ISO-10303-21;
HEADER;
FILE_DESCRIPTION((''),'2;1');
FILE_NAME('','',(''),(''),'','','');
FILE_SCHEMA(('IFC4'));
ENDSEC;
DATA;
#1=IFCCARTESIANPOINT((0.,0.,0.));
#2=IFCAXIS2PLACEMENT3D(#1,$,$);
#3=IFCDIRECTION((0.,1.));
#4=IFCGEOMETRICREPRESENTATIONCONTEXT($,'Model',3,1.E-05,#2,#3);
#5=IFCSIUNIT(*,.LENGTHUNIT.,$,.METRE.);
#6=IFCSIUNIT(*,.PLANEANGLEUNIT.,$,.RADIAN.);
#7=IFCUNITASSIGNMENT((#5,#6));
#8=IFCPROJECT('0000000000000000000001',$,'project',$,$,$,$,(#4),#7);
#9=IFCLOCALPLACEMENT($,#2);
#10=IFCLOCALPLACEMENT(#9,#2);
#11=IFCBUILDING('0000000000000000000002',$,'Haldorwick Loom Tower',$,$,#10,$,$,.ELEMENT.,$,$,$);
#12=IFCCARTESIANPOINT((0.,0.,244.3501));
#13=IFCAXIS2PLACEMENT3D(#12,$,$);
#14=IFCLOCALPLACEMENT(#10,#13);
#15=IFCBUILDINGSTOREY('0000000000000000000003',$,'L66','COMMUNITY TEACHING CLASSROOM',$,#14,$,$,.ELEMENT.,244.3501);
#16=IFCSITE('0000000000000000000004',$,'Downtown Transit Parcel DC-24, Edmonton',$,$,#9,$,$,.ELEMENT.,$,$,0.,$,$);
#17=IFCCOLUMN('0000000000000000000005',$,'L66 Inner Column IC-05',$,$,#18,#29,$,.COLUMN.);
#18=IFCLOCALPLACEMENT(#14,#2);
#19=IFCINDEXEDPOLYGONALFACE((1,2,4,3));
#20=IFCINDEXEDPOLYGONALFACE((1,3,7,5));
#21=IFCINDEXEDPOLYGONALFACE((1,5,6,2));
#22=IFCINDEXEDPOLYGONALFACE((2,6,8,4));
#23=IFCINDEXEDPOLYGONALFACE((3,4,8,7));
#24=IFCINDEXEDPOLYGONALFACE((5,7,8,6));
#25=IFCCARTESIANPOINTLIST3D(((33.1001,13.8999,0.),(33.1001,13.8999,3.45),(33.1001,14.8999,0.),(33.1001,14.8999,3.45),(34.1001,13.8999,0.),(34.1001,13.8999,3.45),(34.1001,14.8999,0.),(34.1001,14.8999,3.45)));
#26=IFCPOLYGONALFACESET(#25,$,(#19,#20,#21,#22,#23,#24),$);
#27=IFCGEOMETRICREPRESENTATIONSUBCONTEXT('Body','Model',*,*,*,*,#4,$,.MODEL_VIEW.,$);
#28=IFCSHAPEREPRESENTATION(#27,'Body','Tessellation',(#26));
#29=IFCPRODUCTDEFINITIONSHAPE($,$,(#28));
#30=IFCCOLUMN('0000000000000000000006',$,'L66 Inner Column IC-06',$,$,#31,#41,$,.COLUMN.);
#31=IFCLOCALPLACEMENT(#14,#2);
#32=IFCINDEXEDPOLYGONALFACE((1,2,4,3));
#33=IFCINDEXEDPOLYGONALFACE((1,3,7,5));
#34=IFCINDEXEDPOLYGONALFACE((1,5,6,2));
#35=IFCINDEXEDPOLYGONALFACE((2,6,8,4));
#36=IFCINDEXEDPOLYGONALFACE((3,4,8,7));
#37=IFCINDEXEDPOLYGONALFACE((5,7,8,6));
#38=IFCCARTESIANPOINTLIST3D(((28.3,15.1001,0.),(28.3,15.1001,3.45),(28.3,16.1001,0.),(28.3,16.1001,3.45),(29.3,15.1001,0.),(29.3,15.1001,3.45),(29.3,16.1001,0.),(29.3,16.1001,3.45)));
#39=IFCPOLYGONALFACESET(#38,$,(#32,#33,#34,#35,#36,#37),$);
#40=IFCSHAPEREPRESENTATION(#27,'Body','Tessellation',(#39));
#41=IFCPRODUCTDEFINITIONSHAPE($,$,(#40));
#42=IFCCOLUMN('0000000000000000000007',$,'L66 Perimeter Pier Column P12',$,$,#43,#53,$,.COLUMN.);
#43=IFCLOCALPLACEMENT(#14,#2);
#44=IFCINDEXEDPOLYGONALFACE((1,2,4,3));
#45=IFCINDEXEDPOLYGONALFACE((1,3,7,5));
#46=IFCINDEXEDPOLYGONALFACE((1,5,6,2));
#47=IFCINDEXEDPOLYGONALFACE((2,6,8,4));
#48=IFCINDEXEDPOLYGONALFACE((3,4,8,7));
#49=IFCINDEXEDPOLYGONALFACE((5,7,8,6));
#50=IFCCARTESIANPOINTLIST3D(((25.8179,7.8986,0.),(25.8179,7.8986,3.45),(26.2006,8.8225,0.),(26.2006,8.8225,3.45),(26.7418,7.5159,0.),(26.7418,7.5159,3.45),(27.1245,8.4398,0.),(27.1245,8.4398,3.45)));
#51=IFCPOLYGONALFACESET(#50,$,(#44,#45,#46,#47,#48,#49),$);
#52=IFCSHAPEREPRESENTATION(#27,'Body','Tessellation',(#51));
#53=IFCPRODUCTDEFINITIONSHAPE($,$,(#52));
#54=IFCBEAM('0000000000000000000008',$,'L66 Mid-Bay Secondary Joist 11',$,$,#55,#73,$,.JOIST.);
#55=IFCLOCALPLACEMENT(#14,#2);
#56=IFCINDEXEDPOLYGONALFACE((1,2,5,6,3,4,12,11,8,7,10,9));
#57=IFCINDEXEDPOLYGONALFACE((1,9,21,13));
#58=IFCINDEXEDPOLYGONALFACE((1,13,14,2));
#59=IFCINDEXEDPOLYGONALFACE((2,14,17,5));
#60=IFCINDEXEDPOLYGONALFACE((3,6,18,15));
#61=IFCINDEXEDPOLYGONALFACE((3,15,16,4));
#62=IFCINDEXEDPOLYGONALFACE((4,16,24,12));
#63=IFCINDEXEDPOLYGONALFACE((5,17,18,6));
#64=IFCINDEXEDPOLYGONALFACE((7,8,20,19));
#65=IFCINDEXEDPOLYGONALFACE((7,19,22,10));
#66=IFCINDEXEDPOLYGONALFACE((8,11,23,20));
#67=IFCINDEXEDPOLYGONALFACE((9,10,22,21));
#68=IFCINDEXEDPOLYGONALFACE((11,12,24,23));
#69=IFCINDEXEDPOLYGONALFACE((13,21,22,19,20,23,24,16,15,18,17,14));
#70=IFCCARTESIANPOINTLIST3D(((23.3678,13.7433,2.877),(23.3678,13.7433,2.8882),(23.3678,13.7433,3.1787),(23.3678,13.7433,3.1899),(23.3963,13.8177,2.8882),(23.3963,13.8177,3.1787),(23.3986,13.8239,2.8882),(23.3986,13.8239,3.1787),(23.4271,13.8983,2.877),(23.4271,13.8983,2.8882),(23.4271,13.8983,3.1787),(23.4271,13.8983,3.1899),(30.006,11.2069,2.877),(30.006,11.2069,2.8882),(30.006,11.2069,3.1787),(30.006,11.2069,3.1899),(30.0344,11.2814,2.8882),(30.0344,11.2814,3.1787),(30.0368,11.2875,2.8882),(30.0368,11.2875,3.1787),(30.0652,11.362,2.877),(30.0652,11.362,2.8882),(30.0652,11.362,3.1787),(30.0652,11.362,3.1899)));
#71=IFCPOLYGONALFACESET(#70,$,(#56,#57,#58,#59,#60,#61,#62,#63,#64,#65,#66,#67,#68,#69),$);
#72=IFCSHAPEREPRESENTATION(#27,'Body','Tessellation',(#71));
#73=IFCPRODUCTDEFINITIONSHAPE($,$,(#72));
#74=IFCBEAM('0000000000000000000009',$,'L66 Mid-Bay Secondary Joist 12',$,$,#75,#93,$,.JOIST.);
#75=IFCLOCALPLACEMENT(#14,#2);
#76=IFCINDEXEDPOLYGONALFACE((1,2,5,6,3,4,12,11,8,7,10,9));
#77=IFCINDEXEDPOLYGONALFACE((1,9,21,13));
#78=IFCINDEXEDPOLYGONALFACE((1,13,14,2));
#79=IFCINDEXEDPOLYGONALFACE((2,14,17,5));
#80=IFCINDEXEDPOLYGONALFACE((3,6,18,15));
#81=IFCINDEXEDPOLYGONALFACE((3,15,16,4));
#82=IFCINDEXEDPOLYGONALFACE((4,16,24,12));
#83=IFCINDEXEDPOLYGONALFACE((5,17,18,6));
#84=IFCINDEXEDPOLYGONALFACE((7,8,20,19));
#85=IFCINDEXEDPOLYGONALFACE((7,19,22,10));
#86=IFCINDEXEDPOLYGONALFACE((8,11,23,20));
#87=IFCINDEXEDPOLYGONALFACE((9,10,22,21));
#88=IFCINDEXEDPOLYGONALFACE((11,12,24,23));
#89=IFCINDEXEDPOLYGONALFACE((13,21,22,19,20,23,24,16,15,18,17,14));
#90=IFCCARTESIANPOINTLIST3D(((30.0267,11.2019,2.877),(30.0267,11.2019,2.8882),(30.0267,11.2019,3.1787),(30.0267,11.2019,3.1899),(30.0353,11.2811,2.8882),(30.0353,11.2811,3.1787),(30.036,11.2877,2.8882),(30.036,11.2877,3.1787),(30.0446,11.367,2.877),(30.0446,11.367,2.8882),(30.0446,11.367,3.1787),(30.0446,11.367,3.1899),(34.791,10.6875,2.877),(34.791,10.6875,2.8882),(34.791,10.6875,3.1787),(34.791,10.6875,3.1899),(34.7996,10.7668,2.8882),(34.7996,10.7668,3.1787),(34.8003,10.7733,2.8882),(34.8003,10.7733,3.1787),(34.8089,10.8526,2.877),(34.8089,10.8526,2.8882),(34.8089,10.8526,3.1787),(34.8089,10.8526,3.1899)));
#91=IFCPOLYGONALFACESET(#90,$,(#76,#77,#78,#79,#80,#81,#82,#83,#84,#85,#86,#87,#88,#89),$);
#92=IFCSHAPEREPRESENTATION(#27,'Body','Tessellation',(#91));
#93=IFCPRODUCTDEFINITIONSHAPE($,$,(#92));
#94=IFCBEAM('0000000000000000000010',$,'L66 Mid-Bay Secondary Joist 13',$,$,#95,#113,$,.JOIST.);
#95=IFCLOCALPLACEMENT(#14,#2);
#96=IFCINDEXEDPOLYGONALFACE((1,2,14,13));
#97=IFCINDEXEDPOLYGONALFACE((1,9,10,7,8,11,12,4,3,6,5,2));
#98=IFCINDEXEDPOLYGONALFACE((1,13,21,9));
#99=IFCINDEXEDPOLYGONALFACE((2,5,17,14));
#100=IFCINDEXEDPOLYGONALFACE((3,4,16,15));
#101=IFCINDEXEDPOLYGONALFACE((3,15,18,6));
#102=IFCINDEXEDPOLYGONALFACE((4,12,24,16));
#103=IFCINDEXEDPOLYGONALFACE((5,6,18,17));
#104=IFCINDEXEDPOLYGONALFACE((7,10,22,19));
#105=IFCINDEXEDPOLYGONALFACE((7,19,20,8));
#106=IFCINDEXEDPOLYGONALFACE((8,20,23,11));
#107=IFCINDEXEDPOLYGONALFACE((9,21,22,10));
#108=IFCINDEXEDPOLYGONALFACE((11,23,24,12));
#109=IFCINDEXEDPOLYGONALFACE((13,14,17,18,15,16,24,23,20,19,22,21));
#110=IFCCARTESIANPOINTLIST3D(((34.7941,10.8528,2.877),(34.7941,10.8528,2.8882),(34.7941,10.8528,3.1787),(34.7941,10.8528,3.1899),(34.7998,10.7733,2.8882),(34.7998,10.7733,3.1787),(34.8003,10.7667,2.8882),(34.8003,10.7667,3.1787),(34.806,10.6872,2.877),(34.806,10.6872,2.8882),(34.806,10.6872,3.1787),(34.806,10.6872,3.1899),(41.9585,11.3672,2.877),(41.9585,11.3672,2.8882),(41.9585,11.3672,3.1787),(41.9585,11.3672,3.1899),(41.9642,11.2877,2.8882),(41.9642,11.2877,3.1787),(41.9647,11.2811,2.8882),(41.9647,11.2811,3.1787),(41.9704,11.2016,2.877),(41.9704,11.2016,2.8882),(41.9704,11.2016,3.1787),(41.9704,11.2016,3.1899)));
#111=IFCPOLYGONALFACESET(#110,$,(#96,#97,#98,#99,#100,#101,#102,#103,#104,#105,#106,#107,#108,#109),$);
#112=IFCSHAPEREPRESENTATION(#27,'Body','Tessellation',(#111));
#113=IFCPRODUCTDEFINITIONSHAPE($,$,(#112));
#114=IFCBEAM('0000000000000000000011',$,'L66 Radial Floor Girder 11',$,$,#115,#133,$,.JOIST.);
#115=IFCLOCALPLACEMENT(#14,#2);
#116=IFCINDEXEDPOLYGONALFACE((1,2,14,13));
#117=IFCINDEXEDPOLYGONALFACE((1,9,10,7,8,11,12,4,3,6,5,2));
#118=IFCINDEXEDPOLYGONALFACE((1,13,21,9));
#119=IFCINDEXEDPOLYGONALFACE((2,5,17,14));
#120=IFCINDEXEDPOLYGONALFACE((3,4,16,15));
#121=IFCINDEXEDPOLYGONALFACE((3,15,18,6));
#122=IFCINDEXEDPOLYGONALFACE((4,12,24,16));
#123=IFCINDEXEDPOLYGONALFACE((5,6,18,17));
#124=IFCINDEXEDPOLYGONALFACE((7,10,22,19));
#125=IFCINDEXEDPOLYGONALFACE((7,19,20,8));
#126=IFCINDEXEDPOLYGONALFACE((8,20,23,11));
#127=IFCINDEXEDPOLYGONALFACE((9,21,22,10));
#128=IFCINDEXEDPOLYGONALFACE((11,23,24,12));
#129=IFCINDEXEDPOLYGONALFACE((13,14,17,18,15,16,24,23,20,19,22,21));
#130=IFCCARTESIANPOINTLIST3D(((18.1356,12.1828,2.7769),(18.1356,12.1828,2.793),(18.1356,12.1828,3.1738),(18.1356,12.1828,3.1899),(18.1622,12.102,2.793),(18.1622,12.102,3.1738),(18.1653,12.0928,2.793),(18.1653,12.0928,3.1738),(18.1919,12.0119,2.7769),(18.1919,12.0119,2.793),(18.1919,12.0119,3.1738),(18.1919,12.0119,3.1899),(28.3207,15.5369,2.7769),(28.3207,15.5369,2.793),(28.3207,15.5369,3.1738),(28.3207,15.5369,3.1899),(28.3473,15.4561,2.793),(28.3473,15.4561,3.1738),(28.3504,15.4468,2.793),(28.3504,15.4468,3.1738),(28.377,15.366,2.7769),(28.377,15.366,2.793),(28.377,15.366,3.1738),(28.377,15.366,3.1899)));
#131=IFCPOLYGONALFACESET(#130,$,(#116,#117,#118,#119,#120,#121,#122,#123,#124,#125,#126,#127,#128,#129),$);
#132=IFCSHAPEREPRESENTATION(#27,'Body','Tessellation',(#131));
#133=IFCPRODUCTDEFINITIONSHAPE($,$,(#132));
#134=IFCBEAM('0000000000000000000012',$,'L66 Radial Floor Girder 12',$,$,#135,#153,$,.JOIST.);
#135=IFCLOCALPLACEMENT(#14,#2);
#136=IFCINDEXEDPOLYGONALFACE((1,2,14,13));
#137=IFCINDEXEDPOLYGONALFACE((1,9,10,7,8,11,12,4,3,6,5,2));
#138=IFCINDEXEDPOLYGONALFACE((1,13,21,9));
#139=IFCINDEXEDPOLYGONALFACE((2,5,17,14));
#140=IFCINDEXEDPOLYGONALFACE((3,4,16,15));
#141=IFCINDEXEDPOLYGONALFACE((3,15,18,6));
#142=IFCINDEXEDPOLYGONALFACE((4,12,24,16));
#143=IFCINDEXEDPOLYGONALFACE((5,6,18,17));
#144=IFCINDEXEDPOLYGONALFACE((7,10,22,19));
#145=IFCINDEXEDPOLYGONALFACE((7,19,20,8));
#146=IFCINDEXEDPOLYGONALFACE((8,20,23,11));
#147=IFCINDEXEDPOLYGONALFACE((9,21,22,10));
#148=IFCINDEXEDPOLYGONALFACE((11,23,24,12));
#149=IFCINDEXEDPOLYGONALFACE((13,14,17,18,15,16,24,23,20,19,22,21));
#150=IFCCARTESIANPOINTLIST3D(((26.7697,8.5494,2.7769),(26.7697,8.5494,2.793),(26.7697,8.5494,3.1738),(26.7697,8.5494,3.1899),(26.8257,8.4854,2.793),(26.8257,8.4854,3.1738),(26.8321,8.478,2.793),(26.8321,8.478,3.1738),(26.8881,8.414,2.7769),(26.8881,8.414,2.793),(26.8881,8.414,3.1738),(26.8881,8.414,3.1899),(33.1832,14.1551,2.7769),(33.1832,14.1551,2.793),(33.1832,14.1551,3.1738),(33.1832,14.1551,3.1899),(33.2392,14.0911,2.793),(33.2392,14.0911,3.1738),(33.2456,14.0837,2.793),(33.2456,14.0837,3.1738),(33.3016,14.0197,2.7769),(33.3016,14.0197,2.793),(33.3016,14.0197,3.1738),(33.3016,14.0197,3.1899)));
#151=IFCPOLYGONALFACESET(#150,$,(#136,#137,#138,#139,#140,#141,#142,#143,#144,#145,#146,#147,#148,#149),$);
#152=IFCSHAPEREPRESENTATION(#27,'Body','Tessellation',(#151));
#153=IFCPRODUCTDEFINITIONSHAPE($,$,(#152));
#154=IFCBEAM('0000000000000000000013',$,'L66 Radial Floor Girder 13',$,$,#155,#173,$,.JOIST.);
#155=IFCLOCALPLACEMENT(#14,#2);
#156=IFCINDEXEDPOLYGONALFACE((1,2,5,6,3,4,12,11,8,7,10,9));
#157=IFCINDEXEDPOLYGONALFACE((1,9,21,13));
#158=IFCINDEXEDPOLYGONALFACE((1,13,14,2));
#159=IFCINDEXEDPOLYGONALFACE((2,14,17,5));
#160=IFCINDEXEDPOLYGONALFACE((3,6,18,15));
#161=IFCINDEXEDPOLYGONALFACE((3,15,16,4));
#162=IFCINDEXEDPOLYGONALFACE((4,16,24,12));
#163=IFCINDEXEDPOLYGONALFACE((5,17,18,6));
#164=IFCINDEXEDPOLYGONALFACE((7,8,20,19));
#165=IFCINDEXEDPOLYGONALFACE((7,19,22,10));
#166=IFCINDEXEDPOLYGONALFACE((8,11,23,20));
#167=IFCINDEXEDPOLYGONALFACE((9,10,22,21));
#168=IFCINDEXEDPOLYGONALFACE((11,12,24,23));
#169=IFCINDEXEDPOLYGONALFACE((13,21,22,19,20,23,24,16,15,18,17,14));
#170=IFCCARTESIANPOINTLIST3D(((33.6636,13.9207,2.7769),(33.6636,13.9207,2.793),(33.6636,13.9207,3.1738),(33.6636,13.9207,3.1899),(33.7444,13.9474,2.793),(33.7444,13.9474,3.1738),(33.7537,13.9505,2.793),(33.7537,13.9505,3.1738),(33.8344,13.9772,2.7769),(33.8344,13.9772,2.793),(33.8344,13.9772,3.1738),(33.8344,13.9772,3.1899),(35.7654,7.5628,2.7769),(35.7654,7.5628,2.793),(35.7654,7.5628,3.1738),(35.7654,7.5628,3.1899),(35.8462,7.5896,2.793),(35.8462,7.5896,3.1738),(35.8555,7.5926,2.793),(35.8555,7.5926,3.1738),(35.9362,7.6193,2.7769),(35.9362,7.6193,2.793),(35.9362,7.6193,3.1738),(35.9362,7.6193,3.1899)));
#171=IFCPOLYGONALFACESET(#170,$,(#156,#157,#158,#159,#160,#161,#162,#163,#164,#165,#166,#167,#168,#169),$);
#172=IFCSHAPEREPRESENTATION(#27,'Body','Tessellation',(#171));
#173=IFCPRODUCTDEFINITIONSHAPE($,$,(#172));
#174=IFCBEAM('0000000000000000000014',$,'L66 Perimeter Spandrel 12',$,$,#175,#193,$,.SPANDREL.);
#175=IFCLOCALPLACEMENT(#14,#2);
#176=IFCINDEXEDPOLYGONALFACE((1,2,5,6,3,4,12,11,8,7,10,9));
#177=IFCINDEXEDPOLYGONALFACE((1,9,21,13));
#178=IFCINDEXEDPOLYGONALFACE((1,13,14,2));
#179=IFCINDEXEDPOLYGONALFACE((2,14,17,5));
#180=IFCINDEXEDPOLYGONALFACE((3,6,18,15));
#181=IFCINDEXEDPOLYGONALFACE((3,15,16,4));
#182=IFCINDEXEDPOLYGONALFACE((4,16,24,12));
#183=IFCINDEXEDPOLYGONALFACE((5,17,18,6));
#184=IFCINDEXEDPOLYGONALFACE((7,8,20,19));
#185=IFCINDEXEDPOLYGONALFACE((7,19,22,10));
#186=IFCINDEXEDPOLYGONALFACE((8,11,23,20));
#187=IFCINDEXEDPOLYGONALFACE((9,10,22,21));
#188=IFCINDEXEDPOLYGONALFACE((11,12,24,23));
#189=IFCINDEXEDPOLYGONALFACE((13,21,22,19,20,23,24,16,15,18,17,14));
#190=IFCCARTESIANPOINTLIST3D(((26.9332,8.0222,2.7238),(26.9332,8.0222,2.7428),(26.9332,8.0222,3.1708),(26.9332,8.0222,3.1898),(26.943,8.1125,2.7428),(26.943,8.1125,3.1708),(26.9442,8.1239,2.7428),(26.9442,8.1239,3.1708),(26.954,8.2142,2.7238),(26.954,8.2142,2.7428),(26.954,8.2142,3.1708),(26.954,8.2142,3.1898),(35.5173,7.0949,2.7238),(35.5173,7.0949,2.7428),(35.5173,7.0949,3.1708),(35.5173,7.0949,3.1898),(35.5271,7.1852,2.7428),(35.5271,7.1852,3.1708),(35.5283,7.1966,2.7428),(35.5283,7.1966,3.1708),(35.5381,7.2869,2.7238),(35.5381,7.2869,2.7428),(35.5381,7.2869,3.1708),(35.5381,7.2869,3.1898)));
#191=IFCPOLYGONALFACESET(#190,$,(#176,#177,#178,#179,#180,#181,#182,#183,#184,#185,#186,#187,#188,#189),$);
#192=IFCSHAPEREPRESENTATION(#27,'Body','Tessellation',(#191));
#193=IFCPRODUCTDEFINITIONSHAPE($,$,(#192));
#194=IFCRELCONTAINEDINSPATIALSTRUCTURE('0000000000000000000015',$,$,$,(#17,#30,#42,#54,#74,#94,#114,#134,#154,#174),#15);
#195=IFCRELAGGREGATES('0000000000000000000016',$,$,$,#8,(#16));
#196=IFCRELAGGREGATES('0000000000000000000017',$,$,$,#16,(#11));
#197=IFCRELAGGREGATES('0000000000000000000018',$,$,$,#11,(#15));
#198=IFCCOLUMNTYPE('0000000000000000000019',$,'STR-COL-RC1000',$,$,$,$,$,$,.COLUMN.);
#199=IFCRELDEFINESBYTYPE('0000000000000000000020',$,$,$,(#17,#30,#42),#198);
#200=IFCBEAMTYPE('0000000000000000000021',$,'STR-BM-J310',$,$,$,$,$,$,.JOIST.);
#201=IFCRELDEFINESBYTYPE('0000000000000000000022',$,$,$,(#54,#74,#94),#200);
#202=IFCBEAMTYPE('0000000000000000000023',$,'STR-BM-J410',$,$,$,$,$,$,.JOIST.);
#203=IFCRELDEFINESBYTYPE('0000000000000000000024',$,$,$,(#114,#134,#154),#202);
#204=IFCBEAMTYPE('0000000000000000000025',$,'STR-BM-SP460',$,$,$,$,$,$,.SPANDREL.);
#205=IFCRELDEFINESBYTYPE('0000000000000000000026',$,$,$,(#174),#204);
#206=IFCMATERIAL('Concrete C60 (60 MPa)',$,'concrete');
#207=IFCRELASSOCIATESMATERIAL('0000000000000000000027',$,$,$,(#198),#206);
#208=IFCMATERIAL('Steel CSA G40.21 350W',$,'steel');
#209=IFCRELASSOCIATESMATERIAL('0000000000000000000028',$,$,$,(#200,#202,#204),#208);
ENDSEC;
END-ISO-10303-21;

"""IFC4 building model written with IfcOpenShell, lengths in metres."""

from ifc_helpers import new_model, si_unit, direction, frame, origin, origin_2d, place, context, subcontext, project, spatial, rectangle, i_section, extrude, material, material_profile, profile_set, type_object, element, save


model = new_model("IFC4")

# Units and contexts
model_context = context("Model", 3, precision=1e-05, world=origin(), true_north=direction((0.0, 1.0)))
body_context = subcontext(model_context, "Body", "Model", "MODEL_VIEW")
ifc_project = project(units=[si_unit("LENGTHUNIT", "METRE"), si_unit("PLANEANGLEUNIT", "RADIAN")], contexts=[model_context])

# Site, building, storey
site_placement = place(None, origin())
site = spatial("IfcSite", under=ifc_project, at=site_placement, Name="Downtown Transit Parcel DC-24, Edmonton", CompositionType="ELEMENT", RefElevation=0.0)
building_placement = place(site_placement, origin())
building = spatial("IfcBuilding", under=site, at=building_placement, Name="Haldorwick Loom Tower", CompositionType="ELEMENT")
storey_placement = place(building_placement, frame((0.0, 0.0, 244.3501)))
storey = spatial("IfcBuildingStorey", under=building, at=storey_placement, Name="L66", Description="COMMUNITY TEACHING CLASSROOM", CompositionType="ELEMENT", Elevation=244.3501)

# Columns
ifc_material_1 = material(Name="Concrete C60 (60 MPa)", Category="concrete")
ifc_material_profile_1 = material_profile(ifc_material_1, rectangle(XDim=1.0, YDim=1.0, at=origin_2d()), Name="RC1000X1000", Category="concrete")
ifc_profile_set_1 = profile_set([ifc_material_profile_1], Name="Concrete C60 (60 MPa)")
column_type = type_object("IfcColumnType", Name="STR-COL-RC1000", PredefinedType="COLUMN", material=ifc_profile_set_1)
for number, where, z_axis, x_axis, name in (
    (1, (33.6001, 14.3999, 0.0), (0.0, 0.0, 1.0), (1.0, 0.0, 0.0), "L66 Inner Column IC-05"),
    (2, (28.8, 15.6001, 0.0), (0.0, 0.0, 1.0), (1.0, 0.0, 0.0), "L66 Inner Column IC-06"),
    (3, (26.4712, 8.1692, 0.0), (0.0, 0.0, 1.0), (-0.382683, -0.92388, 0.0), "L66 Perimeter Pier Column P12"),
):
    element("IfcColumn", number, at=place(storey_placement, frame(where, z_axis=z_axis, x_axis=x_axis)), inside=storey, type_object=column_type, Name=name, PredefinedType="COLUMN", context=body_context, shape_type="SweptSolid", body=[
        extrude(rectangle(XDim=1.0, YDim=1.0, at=origin_2d()), origin(), (0.0, 0.0, 1.0), 3.45),
    ])

# Beams
ifc_material_2 = material(Name="Steel CSA G40.21 350W", Category="steel")
ifc_material_profile_2 = material_profile(ifc_material_2, i_section(OverallWidth=0.166, OverallDepth=0.313, WebThickness=0.0066, FlangeThickness=0.0112, at=origin_2d()), Name="W310X45", Category="steel")
ifc_profile_set_2 = profile_set([ifc_material_profile_2], Name="Steel CSA G40.21 350W")
beam_type_1 = type_object("IfcBeamType", Name="STR-BM-J310", PredefinedType="JOIST", material=ifc_profile_set_2)
beam_1_placement = place(storey_placement, frame((23.3975, 13.8208, 3.0334), z_axis=(0.934134, -0.356922, 0.0), x_axis=(0.356922, 0.934134, 0.0)))
element("IfcBeam", 4, at=beam_1_placement, inside=storey, type_object=beam_type_1, Name="L66 Mid-Bay Secondary Joist 11", PredefinedType="JOIST", context=body_context, shape_type="SweptSolid", body=[
    extrude(i_section(OverallWidth=0.166, OverallDepth=0.313, WebThickness=0.0066, FlangeThickness=0.0112, at=origin_2d()), origin(), (0.0, 0.0, 1.0), 7.1062),
])
beam_2_placement = place(storey_placement, frame((30.0356, 11.2844, 3.0334), z_axis=(0.994222, -0.107344, 0.0), x_axis=(0.107344, 0.994222, 0.0)))
element("IfcBeam", 5, at=beam_2_placement, inside=storey, type_object=beam_type_1, Name="L66 Mid-Bay Secondary Joist 12", PredefinedType="JOIST", context=body_context, shape_type="SweptSolid", body=[
    extrude(i_section(OverallWidth=0.166, OverallDepth=0.313, WebThickness=0.0066, FlangeThickness=0.0112, at=origin_2d()), origin(), (0.0, 0.0, 1.0), 4.792),
])
beam_3_placement = place(storey_placement, frame((34.8, 10.77, 3.0334), z_axis=(0.997432, 0.071617, 0.0), x_axis=(-0.071617, 0.997432, 0.0)))
element("IfcBeam", 6, at=beam_3_placement, inside=storey, type_object=beam_type_1, Name="L66 Mid-Bay Secondary Joist 13", PredefinedType="JOIST", context=body_context, shape_type="SweptSolid", body=[
    extrude(i_section(OverallWidth=0.166, OverallDepth=0.313, WebThickness=0.0066, FlangeThickness=0.0112, at=origin_2d()), origin(), (0.0, 0.0, 1.0), 7.1829),
])
ifc_material_profile_3 = material_profile(ifc_material_2, i_section(OverallWidth=0.1799, OverallDepth=0.4131, WebThickness=0.0098, FlangeThickness=0.0161, at=origin_2d()), Name="W410X74", Category="steel")
ifc_profile_set_3 = profile_set([ifc_material_profile_3], Name="Steel CSA G40.21 350W")
beam_type_2 = type_object("IfcBeamType", Name="STR-BM-J410", PredefinedType="JOIST", material=ifc_profile_set_3)
beam_4_placement = place(storey_placement, frame((28.3489, 15.4514, 2.9834), z_axis=(-0.949825, -0.312783, 0.0), x_axis=(0.312783, -0.949825, 0.0)))
element("IfcBeam", 7, at=beam_4_placement, inside=storey, type_object=beam_type_2, Name="L66 Radial Floor Girder 11", PredefinedType="JOIST", context=body_context, shape_type="SweptSolid", body=[
    extrude(i_section(OverallWidth=0.1799, OverallDepth=0.4131, WebThickness=0.0098, FlangeThickness=0.0161, at=origin_2d()), origin(), (0.0, 0.0, 1.0), 10.7231),
])
beam_5_placement = place(storey_placement, frame((33.2424, 14.0874, 2.9834), z_axis=(-0.752935, -0.658095, 0.0), x_axis=(0.658095, -0.752935, 0.0)))
element("IfcBeam", 8, at=beam_5_placement, inside=storey, type_object=beam_type_2, Name="L66 Radial Floor Girder 12", PredefinedType="JOIST", context=body_context, shape_type="SweptSolid", body=[
    extrude(i_section(OverallWidth=0.1799, OverallDepth=0.4131, WebThickness=0.0098, FlangeThickness=0.0161, at=origin_2d()), origin(), (0.0, 0.0, 1.0), 8.5181),
])
beam_6_placement = place(storey_placement, frame((33.749, 13.949, 2.9834), z_axis=(0.313875, -0.949464, 0.0), x_axis=(0.949464, 0.313875, 0.0)))
element("IfcBeam", 9, at=beam_6_placement, inside=storey, type_object=beam_type_2, Name="L66 Radial Floor Girder 13", PredefinedType="JOIST", context=body_context, shape_type="SweptSolid", body=[
    extrude(i_section(OverallWidth=0.1799, OverallDepth=0.4131, WebThickness=0.0098, FlangeThickness=0.0161, at=origin_2d()), origin(), (0.0, 0.0, 1.0), 6.6963),
])
ifc_material_profile_4 = material_profile(ifc_material_2, i_section(OverallWidth=0.1931, OverallDepth=0.4661, WebThickness=0.0115, FlangeThickness=0.019, at=origin_2d()), Name="W460X97", Category="steel")
ifc_profile_set_4 = profile_set([ifc_material_profile_4], Name="Steel CSA G40.21 350W")
beam_type_3 = type_object("IfcBeamType", Name="STR-BM-SP460", PredefinedType="SPANDREL", material=ifc_profile_set_4)
beam_7_placement = place(storey_placement, frame((26.9436, 8.1182, 2.9568), z_axis=(0.994216, -0.107396, 0.0), x_axis=(0.107396, 0.994216, 0.0)))
element("IfcBeam", 10, at=beam_7_placement, inside=storey, type_object=beam_type_3, Name="L66 Perimeter Spandrel 12", PredefinedType="SPANDREL", context=body_context, shape_type="SweptSolid", body=[
    extrude(i_section(OverallWidth=0.1931, OverallDepth=0.4661, WebThickness=0.0115, FlangeThickness=0.019, at=origin_2d()), origin(), (0.0, 0.0, 1.0), 8.634),
])

save(model, "model.ifc")
